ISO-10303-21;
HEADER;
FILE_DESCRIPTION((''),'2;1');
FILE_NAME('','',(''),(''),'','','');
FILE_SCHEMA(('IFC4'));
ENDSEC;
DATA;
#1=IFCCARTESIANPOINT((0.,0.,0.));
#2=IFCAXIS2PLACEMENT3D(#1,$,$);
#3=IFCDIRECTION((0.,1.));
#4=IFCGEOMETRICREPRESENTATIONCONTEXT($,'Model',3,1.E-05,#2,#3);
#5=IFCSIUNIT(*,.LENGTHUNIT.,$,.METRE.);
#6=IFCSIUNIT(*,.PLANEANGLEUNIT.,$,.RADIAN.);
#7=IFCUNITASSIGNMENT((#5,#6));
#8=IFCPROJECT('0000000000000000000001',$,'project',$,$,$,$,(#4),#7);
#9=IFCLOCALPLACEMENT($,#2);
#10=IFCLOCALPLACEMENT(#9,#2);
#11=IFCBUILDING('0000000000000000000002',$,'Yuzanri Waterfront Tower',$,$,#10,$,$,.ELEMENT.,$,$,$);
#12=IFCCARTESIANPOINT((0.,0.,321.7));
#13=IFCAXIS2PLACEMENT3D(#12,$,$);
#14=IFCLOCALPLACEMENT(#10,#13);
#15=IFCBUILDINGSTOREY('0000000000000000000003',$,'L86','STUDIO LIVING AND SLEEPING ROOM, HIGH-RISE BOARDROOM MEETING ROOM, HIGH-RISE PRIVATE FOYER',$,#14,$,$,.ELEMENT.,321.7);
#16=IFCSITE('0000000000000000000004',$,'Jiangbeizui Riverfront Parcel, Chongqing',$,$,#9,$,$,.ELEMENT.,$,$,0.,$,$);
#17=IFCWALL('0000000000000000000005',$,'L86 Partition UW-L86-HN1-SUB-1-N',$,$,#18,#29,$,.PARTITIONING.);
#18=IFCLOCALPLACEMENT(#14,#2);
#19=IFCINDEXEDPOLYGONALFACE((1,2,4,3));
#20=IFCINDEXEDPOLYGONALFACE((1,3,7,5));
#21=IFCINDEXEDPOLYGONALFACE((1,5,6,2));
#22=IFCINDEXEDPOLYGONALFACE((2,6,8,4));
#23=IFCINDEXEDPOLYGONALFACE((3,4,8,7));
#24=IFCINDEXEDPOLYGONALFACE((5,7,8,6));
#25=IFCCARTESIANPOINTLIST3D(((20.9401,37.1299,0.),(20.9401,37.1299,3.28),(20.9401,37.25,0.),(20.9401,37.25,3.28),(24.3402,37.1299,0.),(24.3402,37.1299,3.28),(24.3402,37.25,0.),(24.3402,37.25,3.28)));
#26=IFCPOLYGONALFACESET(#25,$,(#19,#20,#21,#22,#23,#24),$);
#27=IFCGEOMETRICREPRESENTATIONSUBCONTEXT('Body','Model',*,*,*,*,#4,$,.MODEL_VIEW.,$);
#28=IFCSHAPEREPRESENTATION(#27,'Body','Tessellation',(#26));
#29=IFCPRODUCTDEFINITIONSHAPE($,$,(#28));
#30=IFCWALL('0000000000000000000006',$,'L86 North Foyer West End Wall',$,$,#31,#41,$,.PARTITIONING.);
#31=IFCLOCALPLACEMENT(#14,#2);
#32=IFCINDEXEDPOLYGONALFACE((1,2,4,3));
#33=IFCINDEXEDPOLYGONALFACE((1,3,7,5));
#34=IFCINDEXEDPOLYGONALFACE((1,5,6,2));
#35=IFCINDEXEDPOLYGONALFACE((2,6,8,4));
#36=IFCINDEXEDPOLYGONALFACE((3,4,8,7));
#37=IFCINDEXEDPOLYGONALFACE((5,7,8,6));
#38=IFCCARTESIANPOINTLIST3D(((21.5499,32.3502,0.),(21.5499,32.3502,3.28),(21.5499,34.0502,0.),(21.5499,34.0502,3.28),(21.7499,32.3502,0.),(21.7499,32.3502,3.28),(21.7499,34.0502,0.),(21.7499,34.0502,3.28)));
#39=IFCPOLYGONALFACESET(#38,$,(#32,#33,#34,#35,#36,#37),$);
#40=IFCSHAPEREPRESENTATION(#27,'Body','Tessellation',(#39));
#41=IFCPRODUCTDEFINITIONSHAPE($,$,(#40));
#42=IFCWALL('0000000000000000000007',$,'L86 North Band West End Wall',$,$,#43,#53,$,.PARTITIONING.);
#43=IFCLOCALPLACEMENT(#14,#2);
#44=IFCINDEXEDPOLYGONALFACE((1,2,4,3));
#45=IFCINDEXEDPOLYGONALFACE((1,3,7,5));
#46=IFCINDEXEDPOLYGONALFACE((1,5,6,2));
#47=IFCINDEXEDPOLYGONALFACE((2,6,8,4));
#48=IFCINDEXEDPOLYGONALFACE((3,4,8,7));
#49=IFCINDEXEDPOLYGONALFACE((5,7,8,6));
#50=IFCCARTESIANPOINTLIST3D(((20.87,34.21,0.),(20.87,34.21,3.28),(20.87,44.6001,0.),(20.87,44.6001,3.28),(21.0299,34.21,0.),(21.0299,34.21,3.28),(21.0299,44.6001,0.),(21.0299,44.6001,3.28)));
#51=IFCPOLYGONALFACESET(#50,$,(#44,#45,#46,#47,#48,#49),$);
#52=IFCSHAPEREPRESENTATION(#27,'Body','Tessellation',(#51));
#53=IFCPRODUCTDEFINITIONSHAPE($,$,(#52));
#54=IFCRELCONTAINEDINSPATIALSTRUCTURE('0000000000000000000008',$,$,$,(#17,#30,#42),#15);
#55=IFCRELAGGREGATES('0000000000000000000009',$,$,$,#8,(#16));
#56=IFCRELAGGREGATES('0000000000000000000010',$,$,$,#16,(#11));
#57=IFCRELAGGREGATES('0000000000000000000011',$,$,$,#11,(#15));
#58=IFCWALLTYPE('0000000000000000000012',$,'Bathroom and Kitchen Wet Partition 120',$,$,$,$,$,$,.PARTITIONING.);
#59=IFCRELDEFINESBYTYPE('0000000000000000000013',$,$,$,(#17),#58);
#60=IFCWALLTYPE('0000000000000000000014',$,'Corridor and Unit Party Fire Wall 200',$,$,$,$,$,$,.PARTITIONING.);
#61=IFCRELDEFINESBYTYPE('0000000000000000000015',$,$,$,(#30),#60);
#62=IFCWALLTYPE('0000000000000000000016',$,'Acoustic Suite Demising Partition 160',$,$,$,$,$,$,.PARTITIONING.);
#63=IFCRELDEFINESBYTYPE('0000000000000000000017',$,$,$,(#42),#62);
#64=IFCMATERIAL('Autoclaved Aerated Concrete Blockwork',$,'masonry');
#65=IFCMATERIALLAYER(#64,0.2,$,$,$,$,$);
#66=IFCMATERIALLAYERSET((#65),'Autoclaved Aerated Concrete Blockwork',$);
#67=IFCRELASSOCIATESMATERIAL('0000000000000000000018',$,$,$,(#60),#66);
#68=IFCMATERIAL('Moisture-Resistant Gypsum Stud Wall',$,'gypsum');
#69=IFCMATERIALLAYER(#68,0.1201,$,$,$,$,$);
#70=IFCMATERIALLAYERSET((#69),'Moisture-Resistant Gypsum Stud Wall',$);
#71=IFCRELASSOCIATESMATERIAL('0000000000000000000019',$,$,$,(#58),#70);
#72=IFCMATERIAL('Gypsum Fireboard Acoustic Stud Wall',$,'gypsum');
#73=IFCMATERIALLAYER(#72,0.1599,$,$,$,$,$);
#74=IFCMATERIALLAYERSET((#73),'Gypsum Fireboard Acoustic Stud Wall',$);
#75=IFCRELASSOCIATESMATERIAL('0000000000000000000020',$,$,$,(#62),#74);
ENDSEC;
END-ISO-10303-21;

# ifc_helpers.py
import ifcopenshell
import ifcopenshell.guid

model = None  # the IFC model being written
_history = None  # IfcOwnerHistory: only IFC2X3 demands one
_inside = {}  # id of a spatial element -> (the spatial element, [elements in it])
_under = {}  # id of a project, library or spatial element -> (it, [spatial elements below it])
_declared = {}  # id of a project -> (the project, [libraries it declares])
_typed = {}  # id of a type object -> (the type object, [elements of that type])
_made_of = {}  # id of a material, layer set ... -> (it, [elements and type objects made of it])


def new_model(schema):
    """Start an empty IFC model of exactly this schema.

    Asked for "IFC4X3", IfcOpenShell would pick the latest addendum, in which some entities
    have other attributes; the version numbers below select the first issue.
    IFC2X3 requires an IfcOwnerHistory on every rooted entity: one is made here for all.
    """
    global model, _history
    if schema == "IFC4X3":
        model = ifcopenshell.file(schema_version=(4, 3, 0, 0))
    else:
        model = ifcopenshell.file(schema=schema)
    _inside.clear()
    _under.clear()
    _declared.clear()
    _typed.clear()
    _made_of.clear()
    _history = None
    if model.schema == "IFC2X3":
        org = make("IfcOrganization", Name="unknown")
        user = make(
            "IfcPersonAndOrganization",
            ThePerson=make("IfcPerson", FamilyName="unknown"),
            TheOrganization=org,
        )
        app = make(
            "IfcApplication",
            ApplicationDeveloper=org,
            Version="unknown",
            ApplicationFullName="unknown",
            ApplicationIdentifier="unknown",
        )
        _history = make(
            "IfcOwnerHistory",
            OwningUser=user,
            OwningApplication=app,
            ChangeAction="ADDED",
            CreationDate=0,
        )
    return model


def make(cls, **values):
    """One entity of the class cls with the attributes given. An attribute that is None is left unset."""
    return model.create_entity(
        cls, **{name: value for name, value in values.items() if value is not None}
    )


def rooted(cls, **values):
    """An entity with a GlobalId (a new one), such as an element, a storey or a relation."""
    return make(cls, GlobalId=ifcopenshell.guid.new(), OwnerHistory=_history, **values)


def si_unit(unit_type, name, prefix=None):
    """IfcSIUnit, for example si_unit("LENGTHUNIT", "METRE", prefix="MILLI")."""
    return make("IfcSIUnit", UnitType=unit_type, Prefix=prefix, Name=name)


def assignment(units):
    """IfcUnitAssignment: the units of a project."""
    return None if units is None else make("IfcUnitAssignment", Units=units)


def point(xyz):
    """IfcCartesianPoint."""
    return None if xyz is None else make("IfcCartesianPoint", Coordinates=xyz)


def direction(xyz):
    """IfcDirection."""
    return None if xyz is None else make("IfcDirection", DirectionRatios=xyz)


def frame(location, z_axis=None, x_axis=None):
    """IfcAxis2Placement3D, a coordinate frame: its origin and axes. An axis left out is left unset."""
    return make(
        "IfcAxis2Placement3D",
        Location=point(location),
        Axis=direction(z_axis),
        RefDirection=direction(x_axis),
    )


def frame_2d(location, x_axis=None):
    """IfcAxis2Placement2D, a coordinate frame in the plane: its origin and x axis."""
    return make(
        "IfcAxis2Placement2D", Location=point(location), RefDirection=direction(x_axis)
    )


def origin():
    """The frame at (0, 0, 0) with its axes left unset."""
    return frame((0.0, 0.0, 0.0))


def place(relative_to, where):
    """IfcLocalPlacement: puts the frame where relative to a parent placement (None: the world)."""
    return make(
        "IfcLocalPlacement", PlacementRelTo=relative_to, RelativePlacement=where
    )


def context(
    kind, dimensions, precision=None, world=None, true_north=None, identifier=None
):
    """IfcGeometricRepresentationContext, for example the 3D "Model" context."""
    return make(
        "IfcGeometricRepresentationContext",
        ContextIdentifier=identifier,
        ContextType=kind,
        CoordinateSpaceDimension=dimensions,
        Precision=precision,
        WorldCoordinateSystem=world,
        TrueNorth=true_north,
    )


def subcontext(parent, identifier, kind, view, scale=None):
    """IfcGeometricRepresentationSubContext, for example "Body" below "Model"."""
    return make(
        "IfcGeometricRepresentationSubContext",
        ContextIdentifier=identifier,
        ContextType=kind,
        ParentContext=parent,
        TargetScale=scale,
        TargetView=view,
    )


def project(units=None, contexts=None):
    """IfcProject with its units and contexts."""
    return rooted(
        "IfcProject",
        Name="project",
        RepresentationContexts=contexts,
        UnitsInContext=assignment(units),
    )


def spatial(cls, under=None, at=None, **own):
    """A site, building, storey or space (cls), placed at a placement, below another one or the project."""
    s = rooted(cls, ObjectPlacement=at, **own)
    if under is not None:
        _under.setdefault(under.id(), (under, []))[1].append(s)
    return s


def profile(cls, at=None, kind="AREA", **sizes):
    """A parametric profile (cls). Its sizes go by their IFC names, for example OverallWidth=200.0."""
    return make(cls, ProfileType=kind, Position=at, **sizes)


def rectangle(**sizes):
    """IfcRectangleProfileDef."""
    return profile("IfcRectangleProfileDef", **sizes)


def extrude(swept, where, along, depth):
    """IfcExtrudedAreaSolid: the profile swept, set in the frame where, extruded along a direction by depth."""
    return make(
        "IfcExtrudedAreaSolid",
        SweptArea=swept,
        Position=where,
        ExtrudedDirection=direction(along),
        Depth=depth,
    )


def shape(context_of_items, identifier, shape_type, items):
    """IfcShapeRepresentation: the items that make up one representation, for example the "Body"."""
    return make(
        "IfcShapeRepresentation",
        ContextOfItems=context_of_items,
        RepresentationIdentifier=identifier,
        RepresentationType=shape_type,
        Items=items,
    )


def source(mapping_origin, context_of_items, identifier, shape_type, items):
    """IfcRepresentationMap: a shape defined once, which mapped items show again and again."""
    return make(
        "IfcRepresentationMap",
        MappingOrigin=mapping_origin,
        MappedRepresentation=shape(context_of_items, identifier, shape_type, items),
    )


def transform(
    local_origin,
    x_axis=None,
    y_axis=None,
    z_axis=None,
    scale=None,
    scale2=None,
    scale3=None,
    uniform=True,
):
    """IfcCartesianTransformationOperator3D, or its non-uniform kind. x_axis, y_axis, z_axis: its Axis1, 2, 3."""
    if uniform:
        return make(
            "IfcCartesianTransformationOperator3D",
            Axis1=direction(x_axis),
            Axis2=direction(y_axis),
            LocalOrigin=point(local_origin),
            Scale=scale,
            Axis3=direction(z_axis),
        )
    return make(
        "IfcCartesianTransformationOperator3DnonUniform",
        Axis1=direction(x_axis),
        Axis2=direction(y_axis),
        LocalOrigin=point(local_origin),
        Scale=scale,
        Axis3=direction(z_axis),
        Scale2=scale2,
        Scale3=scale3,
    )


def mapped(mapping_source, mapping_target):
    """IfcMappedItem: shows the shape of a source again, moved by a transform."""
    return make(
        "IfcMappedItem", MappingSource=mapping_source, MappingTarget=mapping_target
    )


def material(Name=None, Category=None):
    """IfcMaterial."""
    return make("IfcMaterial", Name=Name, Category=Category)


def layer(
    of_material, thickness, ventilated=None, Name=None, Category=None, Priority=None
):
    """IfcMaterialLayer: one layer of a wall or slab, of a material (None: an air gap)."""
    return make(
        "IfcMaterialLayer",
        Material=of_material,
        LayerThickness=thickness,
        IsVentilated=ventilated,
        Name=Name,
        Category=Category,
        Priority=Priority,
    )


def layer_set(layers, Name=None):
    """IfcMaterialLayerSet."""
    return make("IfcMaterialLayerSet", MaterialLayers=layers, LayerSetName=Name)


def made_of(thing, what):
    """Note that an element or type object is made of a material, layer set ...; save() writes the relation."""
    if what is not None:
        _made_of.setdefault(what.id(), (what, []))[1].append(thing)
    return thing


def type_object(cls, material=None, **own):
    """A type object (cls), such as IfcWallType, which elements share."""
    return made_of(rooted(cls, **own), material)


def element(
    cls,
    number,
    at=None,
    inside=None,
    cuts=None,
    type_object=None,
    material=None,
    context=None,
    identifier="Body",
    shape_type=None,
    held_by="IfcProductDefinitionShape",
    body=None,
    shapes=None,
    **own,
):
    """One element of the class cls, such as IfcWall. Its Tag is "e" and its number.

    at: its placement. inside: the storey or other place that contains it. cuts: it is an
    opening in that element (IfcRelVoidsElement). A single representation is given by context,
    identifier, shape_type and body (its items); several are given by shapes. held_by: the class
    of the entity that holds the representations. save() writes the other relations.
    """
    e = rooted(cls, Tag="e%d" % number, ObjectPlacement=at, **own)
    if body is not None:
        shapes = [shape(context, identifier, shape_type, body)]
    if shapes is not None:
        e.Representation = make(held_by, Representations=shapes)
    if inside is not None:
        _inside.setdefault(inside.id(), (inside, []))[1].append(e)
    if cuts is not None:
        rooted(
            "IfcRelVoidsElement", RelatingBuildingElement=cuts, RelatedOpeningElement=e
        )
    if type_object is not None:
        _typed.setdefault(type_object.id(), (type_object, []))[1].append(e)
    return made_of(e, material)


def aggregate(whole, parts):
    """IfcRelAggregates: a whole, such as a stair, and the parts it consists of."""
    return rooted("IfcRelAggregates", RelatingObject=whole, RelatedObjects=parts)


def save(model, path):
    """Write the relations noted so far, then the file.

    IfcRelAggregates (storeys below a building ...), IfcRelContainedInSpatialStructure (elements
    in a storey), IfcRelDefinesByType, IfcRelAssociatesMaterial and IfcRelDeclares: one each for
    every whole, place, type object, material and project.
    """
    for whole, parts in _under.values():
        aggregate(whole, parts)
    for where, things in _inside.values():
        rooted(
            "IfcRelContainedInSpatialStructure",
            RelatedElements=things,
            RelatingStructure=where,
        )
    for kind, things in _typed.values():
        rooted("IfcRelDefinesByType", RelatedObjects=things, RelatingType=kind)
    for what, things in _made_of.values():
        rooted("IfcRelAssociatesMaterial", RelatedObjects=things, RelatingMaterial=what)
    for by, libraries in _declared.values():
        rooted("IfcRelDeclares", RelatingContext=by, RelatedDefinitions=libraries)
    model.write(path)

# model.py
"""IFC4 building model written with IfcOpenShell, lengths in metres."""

from ifc_helpers import new_model, si_unit, direction, frame, frame_2d, origin, place, context, subcontext, project, spatial, rectangle, extrude, source, transform, mapped, material, layer, layer_set, type_object, element, save


model = new_model("IFC4")

# Units and contexts
model_context = context("Model", 3, precision=1e-05, world=origin(), true_north=direction((0.0, 1.0)))
body_context = subcontext(model_context, "Body", "Model", "MODEL_VIEW")
ifc_project = project(units=[si_unit("LENGTHUNIT", "METRE"), si_unit("PLANEANGLEUNIT", "RADIAN")], contexts=[model_context])

# Site, building, storey
site_placement = place(None, origin())
site = spatial("IfcSite", under=ifc_project, at=site_placement, Name="Jiangbeizui Riverfront Parcel, Chongqing", CompositionType="ELEMENT", RefElevation=0.0)
building_placement = place(site_placement, origin())
building = spatial("IfcBuilding", under=site, at=building_placement, Name="Yuzanri Waterfront Tower", CompositionType="ELEMENT")
storey_placement = place(building_placement, frame((0.0, 0.0, 321.7)))
storey = spatial("IfcBuildingStorey", under=building, at=storey_placement, Name="L86", Description="STUDIO LIVING AND SLEEPING ROOM, HIGH-RISE BOARDROOM MEETING ROOM, HIGH-RISE PRIVATE FOYER", CompositionType="ELEMENT", Elevation=321.7)

# Shared definitions
ifc_material_1 = material(Name="Autoclaved Aerated Concrete Blockwork", Category="masonry")
ifc_layer_1 = layer(ifc_material_1, 0.2)
ifc_layer_set_1 = layer_set([ifc_layer_1], Name="Autoclaved Aerated Concrete Blockwork")
wall_type_1 = type_object("IfcWallType", Name="Corridor and Unit Party Fire Wall 200", PredefinedType="PARTITIONING", material=ifc_layer_set_1)

# Walls
ifc_material_2 = material(Name="Moisture-Resistant Gypsum Stud Wall", Category="gypsum")
ifc_layer_2 = layer(ifc_material_2, 0.1201)
ifc_layer_set_2 = layer_set([ifc_layer_2], Name="Moisture-Resistant Gypsum Stud Wall")
wall_type_2 = type_object("IfcWallType", Name="Bathroom and Kitchen Wet Partition 120", PredefinedType="PARTITIONING", material=ifc_layer_set_2)
shared_shape_1 = source(origin(), body_context, "Body", "SweptSolid", [
    extrude(rectangle(XDim=3.4001, YDim=0.1201, at=frame_2d((1.7002, 0.0))), origin(), (0.0, 0.0, 1.0), 3.28),
])
wall_1_placement = place(storey_placement, frame((20.9399, 37.1899, 0.0), z_axis=(0.0, 0.0, 1.0), x_axis=(1.0, 0.0, 0.0)))
element("IfcWall", 1, at=wall_1_placement, inside=storey, type_object=wall_type_2, Name="L86 Partition UW-L86-HN1-SUB-1-N", PredefinedType="PARTITIONING", context=body_context, shape_type="MappedRepresentation", body=[
    mapped(shared_shape_1, transform((0.0, 0.0, 0.0), scale=1.0)),
])
shared_shape_2 = source(origin(), body_context, "Body", "SweptSolid", [
    extrude(rectangle(XDim=1.7, YDim=0.2, at=frame_2d((0.8501, 0.0))), origin(), (0.0, 0.0, 1.0), 3.28),
])
wall_2_placement = place(storey_placement, frame((21.6499, 32.3501, 0.0), z_axis=(0.0, 0.0, 1.0), x_axis=(0.0, 1.0, 0.0)))
element("IfcWall", 2, at=wall_2_placement, inside=storey, type_object=wall_type_1, Name="L86 North Foyer West End Wall", PredefinedType="PARTITIONING", context=body_context, shape_type="MappedRepresentation", body=[
    mapped(shared_shape_2, transform((0.0, 0.0, 0.0), scale=1.0)),
])
ifc_material_3 = material(Name="Gypsum Fireboard Acoustic Stud Wall", Category="gypsum")
ifc_layer_3 = layer(ifc_material_3, 0.1599)
ifc_layer_set_3 = layer_set([ifc_layer_3], Name="Gypsum Fireboard Acoustic Stud Wall")
wall_type_3 = type_object("IfcWallType", Name="Acoustic Suite Demising Partition 160", PredefinedType="PARTITIONING", material=ifc_layer_set_3)
shared_shape_3 = source(origin(), body_context, "Body", "SweptSolid", [
    extrude(rectangle(XDim=10.3901, YDim=0.1599, at=frame_2d((5.1951, 0.0))), origin(), (0.0, 0.0, 1.0), 3.28),
])
wall_3_placement = place(storey_placement, frame((20.95, 34.21, 0.0), z_axis=(0.0, 0.0, 1.0), x_axis=(0.0, 1.0, 0.0)))
element("IfcWall", 3, at=wall_3_placement, inside=storey, type_object=wall_type_3, Name="L86 North Band West End Wall", PredefinedType="PARTITIONING", context=body_context, shape_type="MappedRepresentation", body=[
    mapped(shared_shape_3, transform((0.0, 0.0, 0.0), scale=1.0)),
])

save(model, "model.ifc")
